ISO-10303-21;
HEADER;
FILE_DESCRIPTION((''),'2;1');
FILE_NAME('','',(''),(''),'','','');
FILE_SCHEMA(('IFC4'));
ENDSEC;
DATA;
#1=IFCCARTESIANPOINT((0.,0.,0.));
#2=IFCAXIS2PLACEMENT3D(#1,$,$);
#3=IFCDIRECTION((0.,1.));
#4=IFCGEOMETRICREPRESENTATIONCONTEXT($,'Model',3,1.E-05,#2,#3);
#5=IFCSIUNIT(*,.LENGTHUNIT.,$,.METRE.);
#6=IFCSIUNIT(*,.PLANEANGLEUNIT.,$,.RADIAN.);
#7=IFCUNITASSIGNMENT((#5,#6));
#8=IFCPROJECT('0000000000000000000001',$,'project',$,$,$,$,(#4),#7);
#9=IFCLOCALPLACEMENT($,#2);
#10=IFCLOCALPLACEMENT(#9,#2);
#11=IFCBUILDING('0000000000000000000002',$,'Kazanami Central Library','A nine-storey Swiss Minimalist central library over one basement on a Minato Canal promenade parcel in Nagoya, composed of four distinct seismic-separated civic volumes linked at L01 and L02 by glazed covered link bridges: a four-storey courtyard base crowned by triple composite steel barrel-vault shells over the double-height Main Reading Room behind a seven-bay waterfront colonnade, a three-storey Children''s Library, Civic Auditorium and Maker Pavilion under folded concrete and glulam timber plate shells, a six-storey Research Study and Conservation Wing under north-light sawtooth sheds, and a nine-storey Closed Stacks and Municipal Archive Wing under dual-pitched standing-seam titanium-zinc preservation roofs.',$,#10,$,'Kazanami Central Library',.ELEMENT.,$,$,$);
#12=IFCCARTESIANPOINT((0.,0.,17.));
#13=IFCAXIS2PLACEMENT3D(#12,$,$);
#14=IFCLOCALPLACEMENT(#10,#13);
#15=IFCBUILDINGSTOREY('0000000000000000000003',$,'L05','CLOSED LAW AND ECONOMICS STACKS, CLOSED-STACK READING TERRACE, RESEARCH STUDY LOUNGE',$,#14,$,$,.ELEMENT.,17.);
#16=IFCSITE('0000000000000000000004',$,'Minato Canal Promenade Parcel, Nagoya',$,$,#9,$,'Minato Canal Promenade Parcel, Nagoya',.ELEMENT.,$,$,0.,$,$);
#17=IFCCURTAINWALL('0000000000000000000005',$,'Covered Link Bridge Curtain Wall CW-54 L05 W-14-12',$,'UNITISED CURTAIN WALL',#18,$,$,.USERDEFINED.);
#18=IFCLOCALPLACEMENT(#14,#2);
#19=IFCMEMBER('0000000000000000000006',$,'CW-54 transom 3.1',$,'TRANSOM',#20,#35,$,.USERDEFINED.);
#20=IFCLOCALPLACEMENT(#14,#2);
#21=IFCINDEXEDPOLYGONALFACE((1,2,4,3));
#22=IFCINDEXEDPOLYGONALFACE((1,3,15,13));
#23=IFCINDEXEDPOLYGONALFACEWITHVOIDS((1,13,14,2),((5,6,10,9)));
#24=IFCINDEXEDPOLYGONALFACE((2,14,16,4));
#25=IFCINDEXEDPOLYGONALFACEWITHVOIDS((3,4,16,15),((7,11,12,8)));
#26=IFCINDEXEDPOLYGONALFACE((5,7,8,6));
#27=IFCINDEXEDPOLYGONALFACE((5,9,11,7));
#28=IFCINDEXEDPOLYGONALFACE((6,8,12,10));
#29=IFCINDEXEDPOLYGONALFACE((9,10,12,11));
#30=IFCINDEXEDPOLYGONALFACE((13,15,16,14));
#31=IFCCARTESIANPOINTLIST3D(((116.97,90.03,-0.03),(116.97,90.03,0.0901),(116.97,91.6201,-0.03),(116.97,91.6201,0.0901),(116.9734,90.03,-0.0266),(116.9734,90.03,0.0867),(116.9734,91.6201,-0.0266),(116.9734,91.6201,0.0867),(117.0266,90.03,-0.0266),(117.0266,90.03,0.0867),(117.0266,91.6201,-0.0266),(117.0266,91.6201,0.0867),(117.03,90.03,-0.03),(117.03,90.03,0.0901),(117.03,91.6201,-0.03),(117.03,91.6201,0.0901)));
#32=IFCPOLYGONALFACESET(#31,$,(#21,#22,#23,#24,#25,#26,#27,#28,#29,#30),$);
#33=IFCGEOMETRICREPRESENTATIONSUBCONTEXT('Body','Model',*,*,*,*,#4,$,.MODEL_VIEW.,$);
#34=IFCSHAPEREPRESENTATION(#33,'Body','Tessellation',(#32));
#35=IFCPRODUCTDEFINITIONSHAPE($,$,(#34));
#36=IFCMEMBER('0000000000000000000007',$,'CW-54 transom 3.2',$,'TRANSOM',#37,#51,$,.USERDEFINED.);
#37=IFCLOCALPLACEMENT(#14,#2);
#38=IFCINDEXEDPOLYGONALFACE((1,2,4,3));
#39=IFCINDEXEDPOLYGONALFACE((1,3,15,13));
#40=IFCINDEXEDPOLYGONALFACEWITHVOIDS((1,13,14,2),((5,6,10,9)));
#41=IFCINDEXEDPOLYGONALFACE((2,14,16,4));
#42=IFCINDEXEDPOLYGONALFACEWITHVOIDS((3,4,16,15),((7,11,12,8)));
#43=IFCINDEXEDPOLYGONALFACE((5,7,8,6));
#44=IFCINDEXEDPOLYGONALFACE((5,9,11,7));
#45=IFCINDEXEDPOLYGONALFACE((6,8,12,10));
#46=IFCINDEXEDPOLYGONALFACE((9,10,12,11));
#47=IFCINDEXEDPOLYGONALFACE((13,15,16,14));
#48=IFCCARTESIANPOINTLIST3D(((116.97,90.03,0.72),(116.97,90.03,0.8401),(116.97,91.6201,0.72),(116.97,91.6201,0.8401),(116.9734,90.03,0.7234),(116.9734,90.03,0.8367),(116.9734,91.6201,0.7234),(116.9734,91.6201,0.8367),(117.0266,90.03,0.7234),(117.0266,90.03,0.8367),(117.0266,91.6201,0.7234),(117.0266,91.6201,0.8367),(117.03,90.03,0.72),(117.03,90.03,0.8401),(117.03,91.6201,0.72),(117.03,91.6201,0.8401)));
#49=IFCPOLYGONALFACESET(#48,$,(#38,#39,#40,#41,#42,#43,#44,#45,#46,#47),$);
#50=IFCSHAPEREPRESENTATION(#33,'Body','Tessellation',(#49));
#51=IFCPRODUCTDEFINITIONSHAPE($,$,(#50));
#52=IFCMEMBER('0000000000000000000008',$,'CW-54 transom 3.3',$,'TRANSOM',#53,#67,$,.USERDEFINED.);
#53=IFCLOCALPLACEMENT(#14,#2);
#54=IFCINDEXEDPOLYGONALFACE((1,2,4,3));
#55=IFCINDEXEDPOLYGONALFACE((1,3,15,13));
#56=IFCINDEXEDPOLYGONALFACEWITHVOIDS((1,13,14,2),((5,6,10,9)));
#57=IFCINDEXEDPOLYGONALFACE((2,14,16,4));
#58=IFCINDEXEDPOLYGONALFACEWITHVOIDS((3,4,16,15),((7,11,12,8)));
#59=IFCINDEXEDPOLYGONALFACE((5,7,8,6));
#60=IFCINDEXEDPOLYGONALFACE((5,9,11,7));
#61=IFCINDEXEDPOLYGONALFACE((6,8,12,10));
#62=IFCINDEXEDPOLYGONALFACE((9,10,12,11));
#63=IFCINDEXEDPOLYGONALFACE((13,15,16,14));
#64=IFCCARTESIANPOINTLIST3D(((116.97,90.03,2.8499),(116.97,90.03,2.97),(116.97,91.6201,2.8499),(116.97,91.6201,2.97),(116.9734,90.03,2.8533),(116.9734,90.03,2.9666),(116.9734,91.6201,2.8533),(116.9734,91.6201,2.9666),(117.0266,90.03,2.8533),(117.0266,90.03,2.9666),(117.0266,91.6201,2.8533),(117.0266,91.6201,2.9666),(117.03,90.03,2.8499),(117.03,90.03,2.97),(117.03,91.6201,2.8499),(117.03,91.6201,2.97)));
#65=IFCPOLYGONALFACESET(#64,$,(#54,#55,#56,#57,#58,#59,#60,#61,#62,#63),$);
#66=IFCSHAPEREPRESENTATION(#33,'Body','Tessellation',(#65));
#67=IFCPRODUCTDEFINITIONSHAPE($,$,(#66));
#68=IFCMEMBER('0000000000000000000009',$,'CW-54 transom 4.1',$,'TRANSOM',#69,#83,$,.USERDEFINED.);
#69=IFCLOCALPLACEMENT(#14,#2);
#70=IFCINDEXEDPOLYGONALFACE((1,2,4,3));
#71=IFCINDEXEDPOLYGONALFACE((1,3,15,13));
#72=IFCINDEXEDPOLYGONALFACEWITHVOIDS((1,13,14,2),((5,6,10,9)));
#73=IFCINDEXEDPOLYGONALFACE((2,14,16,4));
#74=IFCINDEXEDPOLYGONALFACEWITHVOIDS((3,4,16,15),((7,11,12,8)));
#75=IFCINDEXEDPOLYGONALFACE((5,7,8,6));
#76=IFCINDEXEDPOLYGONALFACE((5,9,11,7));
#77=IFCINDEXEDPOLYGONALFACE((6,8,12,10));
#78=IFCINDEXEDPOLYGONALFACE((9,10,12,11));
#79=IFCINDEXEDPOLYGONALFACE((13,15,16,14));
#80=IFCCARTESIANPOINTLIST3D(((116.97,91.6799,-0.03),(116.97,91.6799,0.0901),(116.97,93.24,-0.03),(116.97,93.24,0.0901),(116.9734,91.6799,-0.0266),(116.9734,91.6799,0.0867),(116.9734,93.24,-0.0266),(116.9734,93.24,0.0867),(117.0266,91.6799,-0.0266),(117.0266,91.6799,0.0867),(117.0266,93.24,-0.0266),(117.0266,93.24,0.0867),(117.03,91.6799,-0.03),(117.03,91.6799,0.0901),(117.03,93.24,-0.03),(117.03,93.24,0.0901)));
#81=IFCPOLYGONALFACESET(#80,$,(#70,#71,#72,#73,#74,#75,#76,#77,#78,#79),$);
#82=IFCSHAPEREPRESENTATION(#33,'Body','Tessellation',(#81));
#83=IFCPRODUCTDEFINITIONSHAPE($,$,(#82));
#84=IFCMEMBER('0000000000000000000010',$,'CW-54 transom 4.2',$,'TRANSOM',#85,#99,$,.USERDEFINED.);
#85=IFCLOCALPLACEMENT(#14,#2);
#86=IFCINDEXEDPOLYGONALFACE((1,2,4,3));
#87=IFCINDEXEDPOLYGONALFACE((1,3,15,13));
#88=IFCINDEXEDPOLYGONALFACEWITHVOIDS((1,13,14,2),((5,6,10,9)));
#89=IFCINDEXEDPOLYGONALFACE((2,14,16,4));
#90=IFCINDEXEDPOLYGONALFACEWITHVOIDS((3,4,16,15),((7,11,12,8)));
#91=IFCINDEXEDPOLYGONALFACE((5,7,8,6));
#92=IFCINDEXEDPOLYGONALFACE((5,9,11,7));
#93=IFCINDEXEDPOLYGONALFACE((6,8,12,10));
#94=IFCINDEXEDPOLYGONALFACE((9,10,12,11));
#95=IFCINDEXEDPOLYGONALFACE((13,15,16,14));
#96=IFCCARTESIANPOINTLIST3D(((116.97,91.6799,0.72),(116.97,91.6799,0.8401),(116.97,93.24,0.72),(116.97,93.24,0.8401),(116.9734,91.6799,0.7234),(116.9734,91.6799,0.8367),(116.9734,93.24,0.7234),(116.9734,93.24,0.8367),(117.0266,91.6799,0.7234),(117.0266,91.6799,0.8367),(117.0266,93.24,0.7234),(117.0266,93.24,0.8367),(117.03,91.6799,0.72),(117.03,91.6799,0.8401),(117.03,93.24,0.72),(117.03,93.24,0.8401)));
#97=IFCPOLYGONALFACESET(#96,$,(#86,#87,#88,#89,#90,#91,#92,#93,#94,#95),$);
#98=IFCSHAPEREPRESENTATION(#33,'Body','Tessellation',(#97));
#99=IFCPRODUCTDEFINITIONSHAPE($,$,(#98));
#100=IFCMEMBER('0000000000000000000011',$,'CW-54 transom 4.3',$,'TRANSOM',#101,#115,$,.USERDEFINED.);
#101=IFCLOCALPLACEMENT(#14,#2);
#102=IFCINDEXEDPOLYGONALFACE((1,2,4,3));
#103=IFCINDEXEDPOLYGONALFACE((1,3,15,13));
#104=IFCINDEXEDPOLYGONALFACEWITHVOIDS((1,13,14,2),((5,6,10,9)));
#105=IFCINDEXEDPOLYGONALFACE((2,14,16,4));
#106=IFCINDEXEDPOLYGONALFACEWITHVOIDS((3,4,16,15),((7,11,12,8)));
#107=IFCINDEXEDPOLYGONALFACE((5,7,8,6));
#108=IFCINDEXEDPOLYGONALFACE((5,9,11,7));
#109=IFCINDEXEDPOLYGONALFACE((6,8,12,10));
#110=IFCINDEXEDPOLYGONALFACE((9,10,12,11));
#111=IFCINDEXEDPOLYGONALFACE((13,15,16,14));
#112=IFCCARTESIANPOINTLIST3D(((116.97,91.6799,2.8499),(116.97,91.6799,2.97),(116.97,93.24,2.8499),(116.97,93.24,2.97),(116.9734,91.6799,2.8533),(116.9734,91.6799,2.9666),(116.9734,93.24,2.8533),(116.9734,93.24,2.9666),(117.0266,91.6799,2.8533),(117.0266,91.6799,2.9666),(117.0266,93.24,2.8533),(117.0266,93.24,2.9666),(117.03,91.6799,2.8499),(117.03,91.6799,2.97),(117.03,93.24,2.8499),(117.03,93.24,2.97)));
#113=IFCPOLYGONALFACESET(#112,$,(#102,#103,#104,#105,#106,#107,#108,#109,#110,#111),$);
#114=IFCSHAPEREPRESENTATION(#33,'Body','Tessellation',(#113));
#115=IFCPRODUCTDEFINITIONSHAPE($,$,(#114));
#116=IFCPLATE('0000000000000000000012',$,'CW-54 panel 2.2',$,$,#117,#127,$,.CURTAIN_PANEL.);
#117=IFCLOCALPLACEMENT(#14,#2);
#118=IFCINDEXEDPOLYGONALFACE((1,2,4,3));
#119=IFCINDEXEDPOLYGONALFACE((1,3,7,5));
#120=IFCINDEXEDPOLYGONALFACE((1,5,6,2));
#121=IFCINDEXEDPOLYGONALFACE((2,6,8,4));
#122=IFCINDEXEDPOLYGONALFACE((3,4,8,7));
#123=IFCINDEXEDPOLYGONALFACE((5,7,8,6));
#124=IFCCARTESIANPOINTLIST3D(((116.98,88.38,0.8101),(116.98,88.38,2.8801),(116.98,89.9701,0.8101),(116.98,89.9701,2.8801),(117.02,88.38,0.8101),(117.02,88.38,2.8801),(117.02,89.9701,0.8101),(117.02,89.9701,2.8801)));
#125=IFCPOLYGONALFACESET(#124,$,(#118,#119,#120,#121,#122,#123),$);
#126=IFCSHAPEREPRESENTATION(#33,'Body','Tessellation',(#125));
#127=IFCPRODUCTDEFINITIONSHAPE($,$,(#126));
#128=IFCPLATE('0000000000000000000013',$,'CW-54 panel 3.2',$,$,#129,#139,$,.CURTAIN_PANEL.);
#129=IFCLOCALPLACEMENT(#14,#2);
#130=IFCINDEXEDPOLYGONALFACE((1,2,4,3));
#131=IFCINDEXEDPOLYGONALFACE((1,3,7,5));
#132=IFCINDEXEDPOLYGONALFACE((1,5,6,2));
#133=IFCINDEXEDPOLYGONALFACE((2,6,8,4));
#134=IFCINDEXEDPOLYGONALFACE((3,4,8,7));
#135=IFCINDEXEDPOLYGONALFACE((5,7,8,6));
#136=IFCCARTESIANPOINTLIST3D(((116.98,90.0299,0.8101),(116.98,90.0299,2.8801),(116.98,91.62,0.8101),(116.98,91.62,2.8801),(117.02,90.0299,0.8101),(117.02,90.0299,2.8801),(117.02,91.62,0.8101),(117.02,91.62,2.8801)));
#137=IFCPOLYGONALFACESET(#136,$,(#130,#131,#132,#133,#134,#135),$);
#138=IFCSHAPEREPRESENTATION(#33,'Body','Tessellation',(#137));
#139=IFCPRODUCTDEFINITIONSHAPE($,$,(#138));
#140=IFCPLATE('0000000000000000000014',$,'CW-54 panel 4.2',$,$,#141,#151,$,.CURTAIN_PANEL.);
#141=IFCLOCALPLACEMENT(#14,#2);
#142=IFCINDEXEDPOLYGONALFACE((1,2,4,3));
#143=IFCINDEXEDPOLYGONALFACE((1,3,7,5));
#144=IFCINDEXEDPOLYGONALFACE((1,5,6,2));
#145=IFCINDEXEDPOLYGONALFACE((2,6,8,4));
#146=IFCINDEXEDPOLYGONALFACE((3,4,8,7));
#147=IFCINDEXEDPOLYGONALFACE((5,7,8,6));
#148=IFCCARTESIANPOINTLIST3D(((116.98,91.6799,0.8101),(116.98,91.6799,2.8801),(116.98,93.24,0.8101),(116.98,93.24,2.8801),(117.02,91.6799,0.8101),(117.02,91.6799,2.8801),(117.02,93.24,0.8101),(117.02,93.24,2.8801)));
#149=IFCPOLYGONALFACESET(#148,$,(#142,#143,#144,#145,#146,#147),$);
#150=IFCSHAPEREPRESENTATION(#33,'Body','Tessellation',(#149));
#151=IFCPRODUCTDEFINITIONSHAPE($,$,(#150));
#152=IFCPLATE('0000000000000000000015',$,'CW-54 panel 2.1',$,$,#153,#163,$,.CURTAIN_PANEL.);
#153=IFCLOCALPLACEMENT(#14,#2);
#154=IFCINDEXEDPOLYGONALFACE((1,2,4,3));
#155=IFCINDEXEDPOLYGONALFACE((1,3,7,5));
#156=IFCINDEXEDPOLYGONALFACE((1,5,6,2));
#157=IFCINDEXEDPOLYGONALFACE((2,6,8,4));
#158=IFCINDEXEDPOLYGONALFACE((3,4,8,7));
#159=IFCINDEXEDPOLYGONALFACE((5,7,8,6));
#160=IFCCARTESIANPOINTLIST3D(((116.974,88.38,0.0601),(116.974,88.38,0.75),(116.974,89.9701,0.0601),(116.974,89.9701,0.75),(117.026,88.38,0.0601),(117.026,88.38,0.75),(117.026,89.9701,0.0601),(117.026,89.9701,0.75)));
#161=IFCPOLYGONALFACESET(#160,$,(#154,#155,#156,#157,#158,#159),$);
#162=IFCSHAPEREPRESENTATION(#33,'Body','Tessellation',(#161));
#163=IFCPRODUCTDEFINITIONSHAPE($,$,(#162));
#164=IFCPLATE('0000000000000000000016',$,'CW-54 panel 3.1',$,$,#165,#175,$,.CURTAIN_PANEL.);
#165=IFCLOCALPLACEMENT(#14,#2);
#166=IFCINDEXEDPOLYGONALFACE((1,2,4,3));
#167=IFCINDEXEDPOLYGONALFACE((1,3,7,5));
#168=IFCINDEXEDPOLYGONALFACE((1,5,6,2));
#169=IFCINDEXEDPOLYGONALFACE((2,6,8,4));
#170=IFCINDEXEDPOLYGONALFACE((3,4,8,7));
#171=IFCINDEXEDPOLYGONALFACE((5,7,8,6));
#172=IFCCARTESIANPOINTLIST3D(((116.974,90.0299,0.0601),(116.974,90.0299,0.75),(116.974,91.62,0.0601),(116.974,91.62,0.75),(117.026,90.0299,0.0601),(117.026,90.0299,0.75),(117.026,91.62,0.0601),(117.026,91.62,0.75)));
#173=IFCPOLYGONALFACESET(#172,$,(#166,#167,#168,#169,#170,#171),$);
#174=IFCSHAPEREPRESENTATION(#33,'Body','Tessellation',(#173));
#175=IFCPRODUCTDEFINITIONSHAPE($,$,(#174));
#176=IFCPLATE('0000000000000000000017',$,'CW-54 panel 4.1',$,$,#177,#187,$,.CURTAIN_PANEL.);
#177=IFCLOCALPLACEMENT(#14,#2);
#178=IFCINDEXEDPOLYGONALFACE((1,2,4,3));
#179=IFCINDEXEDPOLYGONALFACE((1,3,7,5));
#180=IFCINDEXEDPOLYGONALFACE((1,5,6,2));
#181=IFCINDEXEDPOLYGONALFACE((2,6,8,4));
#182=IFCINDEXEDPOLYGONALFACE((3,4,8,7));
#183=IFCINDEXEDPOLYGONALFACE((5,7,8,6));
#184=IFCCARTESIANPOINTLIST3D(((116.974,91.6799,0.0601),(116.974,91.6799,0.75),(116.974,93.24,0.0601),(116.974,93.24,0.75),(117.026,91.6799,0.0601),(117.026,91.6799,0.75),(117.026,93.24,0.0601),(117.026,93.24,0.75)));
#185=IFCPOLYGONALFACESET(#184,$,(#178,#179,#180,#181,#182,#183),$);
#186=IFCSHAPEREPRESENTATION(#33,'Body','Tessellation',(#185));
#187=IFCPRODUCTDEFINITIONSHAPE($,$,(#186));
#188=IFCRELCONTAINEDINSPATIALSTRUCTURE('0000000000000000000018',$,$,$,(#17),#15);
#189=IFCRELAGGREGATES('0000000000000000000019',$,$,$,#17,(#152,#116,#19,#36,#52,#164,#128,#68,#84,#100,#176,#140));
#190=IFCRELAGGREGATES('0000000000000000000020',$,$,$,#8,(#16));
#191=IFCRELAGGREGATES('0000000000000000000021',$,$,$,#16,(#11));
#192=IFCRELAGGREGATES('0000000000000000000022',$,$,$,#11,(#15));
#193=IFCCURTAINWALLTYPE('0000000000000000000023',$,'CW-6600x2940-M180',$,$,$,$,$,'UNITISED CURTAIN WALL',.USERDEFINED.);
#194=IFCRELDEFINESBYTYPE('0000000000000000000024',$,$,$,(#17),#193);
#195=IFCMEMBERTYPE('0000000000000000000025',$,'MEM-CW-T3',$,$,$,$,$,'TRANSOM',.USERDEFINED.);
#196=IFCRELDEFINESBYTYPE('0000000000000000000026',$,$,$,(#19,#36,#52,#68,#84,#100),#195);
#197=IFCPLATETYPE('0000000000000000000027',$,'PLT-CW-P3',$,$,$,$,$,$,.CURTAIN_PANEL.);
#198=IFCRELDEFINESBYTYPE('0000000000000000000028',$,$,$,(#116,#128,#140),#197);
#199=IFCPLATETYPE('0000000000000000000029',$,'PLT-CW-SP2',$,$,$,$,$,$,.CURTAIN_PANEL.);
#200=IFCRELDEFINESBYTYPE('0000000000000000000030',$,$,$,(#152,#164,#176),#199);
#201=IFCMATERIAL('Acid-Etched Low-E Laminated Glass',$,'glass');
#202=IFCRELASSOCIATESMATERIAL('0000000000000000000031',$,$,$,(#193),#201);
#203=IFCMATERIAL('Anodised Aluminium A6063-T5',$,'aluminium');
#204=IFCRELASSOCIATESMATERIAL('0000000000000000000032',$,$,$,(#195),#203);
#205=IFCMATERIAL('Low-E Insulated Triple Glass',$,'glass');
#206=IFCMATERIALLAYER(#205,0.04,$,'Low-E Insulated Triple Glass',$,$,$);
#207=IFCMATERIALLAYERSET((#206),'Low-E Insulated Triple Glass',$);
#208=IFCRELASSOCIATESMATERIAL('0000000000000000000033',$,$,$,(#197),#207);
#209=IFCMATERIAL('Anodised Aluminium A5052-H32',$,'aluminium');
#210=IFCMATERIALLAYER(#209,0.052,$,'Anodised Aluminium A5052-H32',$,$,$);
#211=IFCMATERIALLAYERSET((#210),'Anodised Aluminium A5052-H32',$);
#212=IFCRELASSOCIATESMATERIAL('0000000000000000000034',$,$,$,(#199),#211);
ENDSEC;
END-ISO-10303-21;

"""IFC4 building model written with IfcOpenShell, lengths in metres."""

from ifc_helpers import new_model, si_unit, direction, frame, origin, origin_2d, place, context, subcontext, project, spatial, rectangle, hollow_rectangle, extrude, material, layer, layer_set, material_profile, profile_set, type_object, element, aggregate, save


model = new_model("IFC4")

# Units and contexts
model_context = context("Model", 3, precision=1e-05, world=origin(), true_north=direction((0.0, 1.0)))
body_context = subcontext(model_context, "Body", "Model", "MODEL_VIEW")
ifc_project = project(units=[si_unit("LENGTHUNIT", "METRE"), si_unit("PLANEANGLEUNIT", "RADIAN")], contexts=[model_context])

# Site, building, storey
site_placement = place(None, origin())
site = spatial("IfcSite", under=ifc_project, at=site_placement, Name="Minato Canal Promenade Parcel, Nagoya", LongName="Minato Canal Promenade Parcel, Nagoya", CompositionType="ELEMENT", RefElevation=0.0)
building_placement = place(site_placement, origin())
building = spatial("IfcBuilding", under=site, at=building_placement, Name="Kazanami Central Library", Description="A nine-storey Swiss Minimalist central library over one basement on a Minato Canal promenade parcel in Nagoya, composed of four distinct seismic-separated civic volumes linked at L01 and L02 by glazed covered link bridges: a four-storey courtyard base crowned by triple composite steel barrel-vault shells over the double-height Main Reading Room behind a seven-bay waterfront colonnade, a three-storey Children's Library, Civic Auditorium and Maker Pavilion under folded concrete and glulam timber plate shells, a six-storey Research Study and Conservation Wing under north-light sawtooth sheds, and a nine-storey Closed Stacks and Municipal Archive Wing under dual-pitched standing-seam titanium-zinc preservation roofs.", LongName="Kazanami Central Library", CompositionType="ELEMENT")
storey_placement = place(building_placement, frame((0.0, 0.0, 17.0)))
storey = spatial("IfcBuildingStorey", under=building, at=storey_placement, Name="L05", Description="CLOSED LAW AND ECONOMICS STACKS, CLOSED-STACK READING TERRACE, RESEARCH STUDY LOUNGE", CompositionType="ELEMENT", Elevation=17.0)

# Curtain wall, members, plates
ifc_material_1 = material(Name="Acid-Etched Low-E Laminated Glass", Category="glass")
curtain_wall_type = type_object("IfcCurtainWallType", Name="CW-6600x2940-M180", ElementType="UNITISED CURTAIN WALL", PredefinedType="USERDEFINED", material=ifc_material_1)
curtain_wall_placement = place(storey_placement, origin())
curtain_wall = element("IfcCurtainWall", 1, at=curtain_wall_placement, inside=storey, type_object=curtain_wall_type, Name="Covered Link Bridge Curtain Wall CW-54 L05 W-14-12", ObjectType="UNITISED CURTAIN WALL", PredefinedType="USERDEFINED")
ifc_material_2 = material(Name="Anodised Aluminium A6063-T5", Category="aluminium")
ifc_material_profile_1 = material_profile(ifc_material_2, hollow_rectangle(XDim=0.0601, YDim=0.1201, WallThickness=0.0034, at=origin_2d()), Name="ALU-TRAN-60x120x3.5")
ifc_profile_set_1 = profile_set([ifc_material_profile_1], Name="Anodised Aluminium A6063-T5")
member_type_1 = type_object("IfcMemberType", Name="MEM-CW-T3", ElementType="TRANSOM", PredefinedType="USERDEFINED", material=ifc_profile_set_1)
member_1_placement = place(storey_placement, frame((117.0, 90.03, 0.03), z_axis=(0.0, 1.0, 0.0), x_axis=(-1.0, 0.0, 0.0)))
member_1 = element("IfcMember", 2, at=member_1_placement, type_object=member_type_1, Name="CW-54 transom 3.1", ObjectType="TRANSOM", PredefinedType="USERDEFINED", context=body_context, shape_type="SweptSolid", body=[
    extrude(hollow_rectangle(XDim=0.0601, YDim=0.1201, WallThickness=0.0034, at=origin_2d()), origin(), (0.0, 0.0, 1.0), 1.5901),
])
member_2_placement = place(storey_placement, frame((117.0, 90.03, 0.78), z_axis=(0.0, 1.0, 0.0), x_axis=(-1.0, 0.0, 0.0)))
member_2 = element("IfcMember", 3, at=member_2_placement, type_object=member_type_1, Name="CW-54 transom 3.2", ObjectType="TRANSOM", PredefinedType="USERDEFINED", context=body_context, shape_type="SweptSolid", body=[
    extrude(hollow_rectangle(XDim=0.0601, YDim=0.1201, WallThickness=0.0034, at=origin_2d()), origin(), (0.0, 0.0, 1.0), 1.5901),
])
member_3_placement = place(storey_placement, frame((117.0, 90.03, 2.9099), z_axis=(0.0, 1.0, 0.0), x_axis=(-1.0, 0.0, 0.0)))
member_3 = element("IfcMember", 4, at=member_3_placement, type_object=member_type_1, Name="CW-54 transom 3.3", ObjectType="TRANSOM", PredefinedType="USERDEFINED", context=body_context, shape_type="SweptSolid", body=[
    extrude(hollow_rectangle(XDim=0.0601, YDim=0.1201, WallThickness=0.0034, at=origin_2d()), origin(), (0.0, 0.0, 1.0), 1.5901),
])
member_4_placement = place(storey_placement, frame((117.0, 91.6799, 0.03), z_axis=(0.0, 1.0, 0.0), x_axis=(-1.0, 0.0, 0.0)))
member_4 = element("IfcMember", 5, at=member_4_placement, type_object=member_type_1, Name="CW-54 transom 4.1", ObjectType="TRANSOM", PredefinedType="USERDEFINED", context=body_context, shape_type="SweptSolid", body=[
    extrude(hollow_rectangle(XDim=0.0601, YDim=0.1201, WallThickness=0.0034, at=origin_2d()), origin(), (0.0, 0.0, 1.0), 1.5601),
])
member_5_placement = place(storey_placement, frame((117.0, 91.6799, 0.78), z_axis=(0.0, 1.0, 0.0), x_axis=(-1.0, 0.0, 0.0)))
member_5 = element("IfcMember", 6, at=member_5_placement, type_object=member_type_1, Name="CW-54 transom 4.2", ObjectType="TRANSOM", PredefinedType="USERDEFINED", context=body_context, shape_type="SweptSolid", body=[
    extrude(hollow_rectangle(XDim=0.0601, YDim=0.1201, WallThickness=0.0034, at=origin_2d()), origin(), (0.0, 0.0, 1.0), 1.5601),
])
member_6_placement = place(storey_placement, frame((117.0, 91.6799, 2.9099), z_axis=(0.0, 1.0, 0.0), x_axis=(-1.0, 0.0, 0.0)))
member_6 = element("IfcMember", 7, at=member_6_placement, type_object=member_type_1, Name="CW-54 transom 4.3", ObjectType="TRANSOM", PredefinedType="USERDEFINED", context=body_context, shape_type="SweptSolid", body=[
    extrude(hollow_rectangle(XDim=0.0601, YDim=0.1201, WallThickness=0.0034, at=origin_2d()), origin(), (0.0, 0.0, 1.0), 1.5601),
])
ifc_material_3 = material(Name="Low-E Insulated Triple Glass", Category="glass")
ifc_layer_1 = layer(ifc_material_3, 0.04, Name="Low-E Insulated Triple Glass")
ifc_layer_set_1 = layer_set([ifc_layer_1], Name="Low-E Insulated Triple Glass")
plate_type_1 = type_object("IfcPlateType", Name="PLT-CW-P3", PredefinedType="CURTAIN_PANEL", material=ifc_layer_set_1)
plate_1_placement = place(storey_placement, frame((117.0, 89.175, 0.8101), z_axis=(0.0, 0.0, 1.0), x_axis=(0.0, 1.0, 0.0)))
plate_1 = element("IfcPlate", 8, at=plate_1_placement, type_object=plate_type_1, Name="CW-54 panel 2.2", PredefinedType="CURTAIN_PANEL", context=body_context, shape_type="SweptSolid", body=[
    extrude(rectangle(XDim=1.5901, YDim=0.04, at=origin_2d()), origin(), (0.0, 0.0, 1.0), 2.0701),
])
plate_2_placement = place(storey_placement, frame((117.0, 90.825, 0.8101), z_axis=(0.0, 0.0, 1.0), x_axis=(0.0, 1.0, 0.0)))
plate_2 = element("IfcPlate", 9, at=plate_2_placement, type_object=plate_type_1, Name="CW-54 panel 3.2", PredefinedType="CURTAIN_PANEL", context=body_context, shape_type="SweptSolid", body=[
    extrude(rectangle(XDim=1.5901, YDim=0.04, at=origin_2d()), origin(), (0.0, 0.0, 1.0), 2.0701),
])
plate_3_placement = place(storey_placement, frame((117.0, 92.46, 0.8101), z_axis=(0.0, 0.0, 1.0), x_axis=(0.0, 1.0, 0.0)))
plate_3 = element("IfcPlate", 10, at=plate_3_placement, type_object=plate_type_1, Name="CW-54 panel 4.2", PredefinedType="CURTAIN_PANEL", context=body_context, shape_type="SweptSolid", body=[
    extrude(rectangle(XDim=1.5601, YDim=0.04, at=origin_2d()), origin(), (0.0, 0.0, 1.0), 2.0701),
])
ifc_material_4 = material(Name="Anodised Aluminium A5052-H32", Category="aluminium")
ifc_layer_2 = layer(ifc_material_4, 0.052, Name="Anodised Aluminium A5052-H32")
ifc_layer_set_2 = layer_set([ifc_layer_2], Name="Anodised Aluminium A5052-H32")
plate_type_2 = type_object("IfcPlateType", Name="PLT-CW-SP2", PredefinedType="CURTAIN_PANEL", material=ifc_layer_set_2)
plate_4_placement = place(storey_placement, frame((117.0, 89.175, 0.0601), z_axis=(0.0, 0.0, 1.0), x_axis=(0.0, 1.0, 0.0)))
plate_4 = element("IfcPlate", 11, at=plate_4_placement, type_object=plate_type_2, Name="CW-54 panel 2.1", PredefinedType="CURTAIN_PANEL", context=body_context, shape_type="SweptSolid", body=[
    extrude(rectangle(XDim=1.5901, YDim=0.052, at=origin_2d()), origin(), (0.0, 0.0, 1.0), 0.6899),
])
plate_5_placement = place(storey_placement, frame((117.0, 90.825, 0.0601), z_axis=(0.0, 0.0, 1.0), x_axis=(0.0, 1.0, 0.0)))
plate_5 = element("IfcPlate", 12, at=plate_5_placement, type_object=plate_type_2, Name="CW-54 panel 3.1", PredefinedType="CURTAIN_PANEL", context=body_context, shape_type="SweptSolid", body=[
    extrude(rectangle(XDim=1.5901, YDim=0.052, at=origin_2d()), origin(), (0.0, 0.0, 1.0), 0.6899),
])
plate_6_placement = place(storey_placement, frame((117.0, 92.46, 0.0601), z_axis=(0.0, 0.0, 1.0), x_axis=(0.0, 1.0, 0.0)))
plate_6 = element("IfcPlate", 13, at=plate_6_placement, type_object=plate_type_2, Name="CW-54 panel 4.1", PredefinedType="CURTAIN_PANEL", context=body_context, shape_type="SweptSolid", body=[
    extrude(rectangle(XDim=1.5601, YDim=0.052, at=origin_2d()), origin(), (0.0, 0.0, 1.0), 0.6899),
])
aggregate(curtain_wall, [plate_4, plate_1, member_1, member_2, member_3, plate_5, plate_2, member_4, member_5, member_6, plate_6, plate_3])

save(model, "model.ifc")
